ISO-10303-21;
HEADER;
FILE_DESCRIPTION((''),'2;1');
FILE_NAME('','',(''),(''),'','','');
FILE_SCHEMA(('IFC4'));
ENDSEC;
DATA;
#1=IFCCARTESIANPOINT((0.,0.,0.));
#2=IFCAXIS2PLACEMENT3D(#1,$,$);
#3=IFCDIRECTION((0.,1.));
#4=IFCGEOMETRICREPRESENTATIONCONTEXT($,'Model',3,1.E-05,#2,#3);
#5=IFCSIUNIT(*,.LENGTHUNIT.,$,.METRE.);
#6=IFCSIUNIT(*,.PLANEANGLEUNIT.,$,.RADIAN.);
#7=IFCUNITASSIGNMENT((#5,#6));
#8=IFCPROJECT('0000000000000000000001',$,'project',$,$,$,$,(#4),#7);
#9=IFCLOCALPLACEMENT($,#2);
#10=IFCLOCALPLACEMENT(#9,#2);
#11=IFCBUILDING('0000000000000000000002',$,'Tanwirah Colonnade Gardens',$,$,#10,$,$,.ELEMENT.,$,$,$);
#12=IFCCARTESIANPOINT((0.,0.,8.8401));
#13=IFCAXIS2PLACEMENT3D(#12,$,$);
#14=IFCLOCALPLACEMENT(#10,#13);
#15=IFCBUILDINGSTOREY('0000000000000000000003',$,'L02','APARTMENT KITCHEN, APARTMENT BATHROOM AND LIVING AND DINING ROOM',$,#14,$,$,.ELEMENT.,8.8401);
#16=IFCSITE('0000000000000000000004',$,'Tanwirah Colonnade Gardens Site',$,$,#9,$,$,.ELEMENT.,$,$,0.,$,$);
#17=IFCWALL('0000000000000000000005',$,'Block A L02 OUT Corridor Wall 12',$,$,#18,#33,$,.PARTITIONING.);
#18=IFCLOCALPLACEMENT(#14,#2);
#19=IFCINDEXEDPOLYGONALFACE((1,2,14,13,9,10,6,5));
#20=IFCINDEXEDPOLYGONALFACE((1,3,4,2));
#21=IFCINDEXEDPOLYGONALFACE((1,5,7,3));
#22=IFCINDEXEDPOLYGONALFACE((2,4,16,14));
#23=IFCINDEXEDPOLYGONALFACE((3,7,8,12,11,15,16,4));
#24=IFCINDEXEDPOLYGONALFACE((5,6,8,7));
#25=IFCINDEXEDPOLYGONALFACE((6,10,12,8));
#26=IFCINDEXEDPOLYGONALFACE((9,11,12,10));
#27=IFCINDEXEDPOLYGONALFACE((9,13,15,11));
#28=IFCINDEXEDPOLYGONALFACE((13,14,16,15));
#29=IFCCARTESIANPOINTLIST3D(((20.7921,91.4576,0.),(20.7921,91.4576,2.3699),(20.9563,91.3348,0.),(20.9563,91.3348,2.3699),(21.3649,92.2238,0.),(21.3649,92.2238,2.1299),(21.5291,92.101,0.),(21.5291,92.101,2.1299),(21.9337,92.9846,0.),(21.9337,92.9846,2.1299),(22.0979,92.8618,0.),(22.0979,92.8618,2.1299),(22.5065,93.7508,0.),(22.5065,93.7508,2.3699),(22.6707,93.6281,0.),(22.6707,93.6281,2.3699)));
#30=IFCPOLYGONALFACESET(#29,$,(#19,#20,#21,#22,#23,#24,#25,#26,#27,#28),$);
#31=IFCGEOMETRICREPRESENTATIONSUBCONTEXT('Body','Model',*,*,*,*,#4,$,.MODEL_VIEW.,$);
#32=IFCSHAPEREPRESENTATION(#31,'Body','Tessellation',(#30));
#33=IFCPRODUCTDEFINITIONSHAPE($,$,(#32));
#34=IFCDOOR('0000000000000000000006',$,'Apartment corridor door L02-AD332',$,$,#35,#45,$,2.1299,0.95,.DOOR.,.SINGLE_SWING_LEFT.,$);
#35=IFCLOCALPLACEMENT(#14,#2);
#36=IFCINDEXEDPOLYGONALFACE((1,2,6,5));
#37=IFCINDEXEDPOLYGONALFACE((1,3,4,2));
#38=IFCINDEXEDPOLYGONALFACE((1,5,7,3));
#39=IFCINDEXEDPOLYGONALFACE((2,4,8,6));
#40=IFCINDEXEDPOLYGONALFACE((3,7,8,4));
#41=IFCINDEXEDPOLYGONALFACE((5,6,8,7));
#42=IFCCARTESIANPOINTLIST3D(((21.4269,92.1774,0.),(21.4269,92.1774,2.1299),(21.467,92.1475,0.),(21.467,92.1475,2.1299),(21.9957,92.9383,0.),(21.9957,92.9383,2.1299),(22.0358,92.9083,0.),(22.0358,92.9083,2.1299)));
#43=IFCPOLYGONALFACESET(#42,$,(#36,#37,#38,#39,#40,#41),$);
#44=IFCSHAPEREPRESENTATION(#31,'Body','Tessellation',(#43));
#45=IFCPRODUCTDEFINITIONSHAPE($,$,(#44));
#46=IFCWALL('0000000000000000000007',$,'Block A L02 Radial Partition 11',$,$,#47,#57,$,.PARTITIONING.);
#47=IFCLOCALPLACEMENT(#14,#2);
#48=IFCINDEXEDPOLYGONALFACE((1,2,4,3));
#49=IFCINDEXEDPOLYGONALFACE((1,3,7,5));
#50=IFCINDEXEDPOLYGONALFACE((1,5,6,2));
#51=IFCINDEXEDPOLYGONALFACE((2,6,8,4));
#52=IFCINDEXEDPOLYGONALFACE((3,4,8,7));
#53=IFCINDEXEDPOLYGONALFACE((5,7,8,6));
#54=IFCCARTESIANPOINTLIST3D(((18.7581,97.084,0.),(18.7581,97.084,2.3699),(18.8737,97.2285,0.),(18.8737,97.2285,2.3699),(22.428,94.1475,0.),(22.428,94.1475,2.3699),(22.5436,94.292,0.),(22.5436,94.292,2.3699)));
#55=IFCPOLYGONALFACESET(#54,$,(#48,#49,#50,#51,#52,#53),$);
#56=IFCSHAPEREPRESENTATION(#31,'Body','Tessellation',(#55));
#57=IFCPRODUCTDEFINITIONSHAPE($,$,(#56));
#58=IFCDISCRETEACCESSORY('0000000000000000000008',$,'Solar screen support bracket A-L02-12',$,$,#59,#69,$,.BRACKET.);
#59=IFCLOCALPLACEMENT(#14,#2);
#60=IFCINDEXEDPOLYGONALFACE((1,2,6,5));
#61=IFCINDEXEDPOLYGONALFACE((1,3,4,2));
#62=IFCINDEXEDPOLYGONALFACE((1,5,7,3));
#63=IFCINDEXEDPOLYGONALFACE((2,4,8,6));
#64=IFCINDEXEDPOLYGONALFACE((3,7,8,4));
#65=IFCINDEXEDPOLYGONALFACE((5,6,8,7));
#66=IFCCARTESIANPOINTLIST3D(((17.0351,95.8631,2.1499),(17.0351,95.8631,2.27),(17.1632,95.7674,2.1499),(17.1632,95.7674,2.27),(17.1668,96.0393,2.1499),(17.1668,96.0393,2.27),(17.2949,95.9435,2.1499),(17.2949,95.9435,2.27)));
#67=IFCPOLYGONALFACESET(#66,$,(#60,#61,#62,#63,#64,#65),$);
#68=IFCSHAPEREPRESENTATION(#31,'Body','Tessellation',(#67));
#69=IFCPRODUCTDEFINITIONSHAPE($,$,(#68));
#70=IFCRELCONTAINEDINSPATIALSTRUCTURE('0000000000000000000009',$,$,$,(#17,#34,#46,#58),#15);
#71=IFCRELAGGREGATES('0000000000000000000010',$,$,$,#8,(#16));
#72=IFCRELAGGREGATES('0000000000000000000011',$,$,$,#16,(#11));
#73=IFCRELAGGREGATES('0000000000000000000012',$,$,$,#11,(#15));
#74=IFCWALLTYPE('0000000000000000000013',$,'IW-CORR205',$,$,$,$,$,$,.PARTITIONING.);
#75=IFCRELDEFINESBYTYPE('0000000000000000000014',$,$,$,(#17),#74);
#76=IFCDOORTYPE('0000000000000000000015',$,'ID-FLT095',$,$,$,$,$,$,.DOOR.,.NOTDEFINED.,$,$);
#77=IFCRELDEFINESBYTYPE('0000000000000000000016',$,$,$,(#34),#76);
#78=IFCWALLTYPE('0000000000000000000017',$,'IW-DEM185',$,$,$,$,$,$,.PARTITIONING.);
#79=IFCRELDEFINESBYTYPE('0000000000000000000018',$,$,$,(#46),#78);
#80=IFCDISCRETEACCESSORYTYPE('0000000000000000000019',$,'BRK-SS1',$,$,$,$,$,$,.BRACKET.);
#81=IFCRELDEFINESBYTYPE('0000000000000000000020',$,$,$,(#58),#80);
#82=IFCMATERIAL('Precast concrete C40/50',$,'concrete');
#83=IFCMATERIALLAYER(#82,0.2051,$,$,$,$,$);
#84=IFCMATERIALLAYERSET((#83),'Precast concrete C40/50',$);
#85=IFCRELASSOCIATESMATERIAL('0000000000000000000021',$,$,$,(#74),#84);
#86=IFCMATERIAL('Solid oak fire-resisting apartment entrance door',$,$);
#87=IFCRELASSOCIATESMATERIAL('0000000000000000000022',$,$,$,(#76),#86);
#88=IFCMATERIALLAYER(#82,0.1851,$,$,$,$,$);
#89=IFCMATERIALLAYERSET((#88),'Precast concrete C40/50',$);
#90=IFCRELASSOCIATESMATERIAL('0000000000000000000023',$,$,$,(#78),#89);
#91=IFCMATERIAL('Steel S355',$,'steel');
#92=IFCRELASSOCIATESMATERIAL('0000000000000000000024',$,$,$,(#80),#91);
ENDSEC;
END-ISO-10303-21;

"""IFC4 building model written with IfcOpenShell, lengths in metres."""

from ifc_helpers import new_model, si_unit, direction, frame, frame_2d, origin, origin_2d, place, context, subcontext, project, spatial, rectangle, extrude, material, layer, layer_set, type_object, element, fill, save


model = new_model("IFC4")

# Units and contexts
model_context = context("Model", 3, precision=1e-05, world=origin(), true_north=direction((0.0, 1.0)))
body_context = subcontext(model_context, "Body", "Model", "MODEL_VIEW")
ifc_project = project(units=[si_unit("LENGTHUNIT", "METRE"), si_unit("PLANEANGLEUNIT", "RADIAN")], contexts=[model_context])

# Site, building, storey
site_placement = place(None, origin())
site = spatial("IfcSite", under=ifc_project, at=site_placement, Name="Tanwirah Colonnade Gardens Site", CompositionType="ELEMENT", RefElevation=0.0)
building_placement = place(site_placement, origin())
building = spatial("IfcBuilding", under=site, at=building_placement, Name="Tanwirah Colonnade Gardens", CompositionType="ELEMENT")
storey_placement = place(building_placement, frame((0.0, 0.0, 8.8401)))
storey = spatial("IfcBuildingStorey", under=building, at=storey_placement, Name="L02", Description="APARTMENT KITCHEN, APARTMENT BATHROOM AND LIVING AND DINING ROOM", CompositionType="ELEMENT", Elevation=8.8401)

# Shared definitions
ifc_material_1 = material(Name="Precast concrete C40/50", Category="concrete")

# Wall, opening, door
ifc_layer_1 = layer(ifc_material_1, 0.2051)
ifc_layer_set_1 = layer_set([ifc_layer_1], Name="Precast concrete C40/50")
wall_type_1 = type_object("IfcWallType", Name="IW-CORR205", PredefinedType="PARTITIONING", material=ifc_layer_set_1)
ifc_material_2 = material(Name="Solid oak fire-resisting apartment entrance door")
wall_1_placement = place(storey_placement, frame((22.5886, 93.6895, 0.0), z_axis=(0.0, 0.0, 1.0), x_axis=(-0.598758, -0.80093, 0.0)))
wall_1 = element("IfcWall", 1, at=wall_1_placement, inside=storey, type_object=wall_type_1, Name="Block A L02 OUT Corridor Wall 12", PredefinedType="PARTITIONING", context=body_context, shape_type="SweptSolid", body=[
    extrude(rectangle(XDim=2.8633, YDim=0.2051, at=frame_2d((1.4316, 0.0))), origin(), (0.0, 0.0, 1.0), 2.3699),
])
opening_1_placement = place(wall_1_placement, frame((0.9565, 0.0, 0.0)))
opening_1 = element("IfcOpeningElement", 2, at=opening_1_placement, cuts=wall_1, PredefinedType="OPENING", context=body_context, shape_type="SweptSolid", body=[
    extrude(rectangle(XDim=0.95, YDim=2.1299, at=frame_2d((0.4751, 1.0649))), frame((0.0, 0.1125, 0.0), z_axis=(0.0, -1.0, 0.0), x_axis=(1.0, 0.0, 0.0)), (0.0, 0.0, 1.0), 0.2251),
])
door_type_1 = type_object("IfcDoorType", Name="ID-FLT095", OperationType="NOTDEFINED", PredefinedType="DOOR", material=ifc_material_2)
door_1_placement = place(opening_1_placement, origin())
door_1 = element("IfcDoor", 3, at=door_1_placement, inside=storey, type_object=door_type_1, Name="Apartment corridor door L02-AD332", OperationType="SINGLE_SWING_LEFT", OverallHeight=2.1299, OverallWidth=0.95, PredefinedType="DOOR", context=body_context, shape_type="SweptSolid", body=[
    extrude(rectangle(XDim=0.95, YDim=2.1299, at=frame_2d((0.4751, 1.0649))), frame((0.0, 0.0249, 0.0), z_axis=(0.0, -1.0, 0.0), x_axis=(1.0, 0.0, 0.0)), (0.0, 0.0, 1.0), 0.05),
])
fill(opening_1, door_1)

# Wall
ifc_layer_2 = layer(ifc_material_1, 0.1851)
ifc_layer_set_2 = layer_set([ifc_layer_2], Name="Precast concrete C40/50")
wall_type_2 = type_object("IfcWallType", Name="IW-DEM185", PredefinedType="PARTITIONING", material=ifc_layer_set_2)
wall_2_placement = place(storey_placement, frame((22.4858, 94.2197, 0.0), z_axis=(0.0, 0.0, 1.0), x_axis=(-0.780808, 0.624771, 0.0)))
element("IfcWall", 4, at=wall_2_placement, inside=storey, type_object=wall_type_2, Name="Block A L02 Radial Partition 11", PredefinedType="PARTITIONING", context=body_context, shape_type="SweptSolid", body=[
    extrude(rectangle(XDim=4.7002, YDim=0.1851, at=frame_2d((2.3501, 0.0))), origin(), (0.0, 0.0, 1.0), 2.3699),
])

# Discrete accessory
ifc_material_3 = material(Name="Steel S355", Category="steel")
discrete_accessory_type = type_object("IfcDiscreteAccessoryType", Name="BRK-SS1", PredefinedType="BRACKET", material=ifc_material_3)
discrete_accessory_placement = place(storey_placement, frame((17.165, 95.9033, 2.1499), z_axis=(0.0, 0.0, 1.0), x_axis=(-0.598714, -0.800963, 0.0)))
element("IfcDiscreteAccessory", 5, at=discrete_accessory_placement, inside=storey, type_object=discrete_accessory_type, Name="Solar screen support bracket A-L02-12", PredefinedType="BRACKET", context=body_context, shape_type="SweptSolid", body=[
    extrude(rectangle(XDim=0.22, YDim=0.1599, at=origin_2d()), origin(), (0.0, 0.0, 1.0), 0.1201),
])

save(model, "model.ifc")
